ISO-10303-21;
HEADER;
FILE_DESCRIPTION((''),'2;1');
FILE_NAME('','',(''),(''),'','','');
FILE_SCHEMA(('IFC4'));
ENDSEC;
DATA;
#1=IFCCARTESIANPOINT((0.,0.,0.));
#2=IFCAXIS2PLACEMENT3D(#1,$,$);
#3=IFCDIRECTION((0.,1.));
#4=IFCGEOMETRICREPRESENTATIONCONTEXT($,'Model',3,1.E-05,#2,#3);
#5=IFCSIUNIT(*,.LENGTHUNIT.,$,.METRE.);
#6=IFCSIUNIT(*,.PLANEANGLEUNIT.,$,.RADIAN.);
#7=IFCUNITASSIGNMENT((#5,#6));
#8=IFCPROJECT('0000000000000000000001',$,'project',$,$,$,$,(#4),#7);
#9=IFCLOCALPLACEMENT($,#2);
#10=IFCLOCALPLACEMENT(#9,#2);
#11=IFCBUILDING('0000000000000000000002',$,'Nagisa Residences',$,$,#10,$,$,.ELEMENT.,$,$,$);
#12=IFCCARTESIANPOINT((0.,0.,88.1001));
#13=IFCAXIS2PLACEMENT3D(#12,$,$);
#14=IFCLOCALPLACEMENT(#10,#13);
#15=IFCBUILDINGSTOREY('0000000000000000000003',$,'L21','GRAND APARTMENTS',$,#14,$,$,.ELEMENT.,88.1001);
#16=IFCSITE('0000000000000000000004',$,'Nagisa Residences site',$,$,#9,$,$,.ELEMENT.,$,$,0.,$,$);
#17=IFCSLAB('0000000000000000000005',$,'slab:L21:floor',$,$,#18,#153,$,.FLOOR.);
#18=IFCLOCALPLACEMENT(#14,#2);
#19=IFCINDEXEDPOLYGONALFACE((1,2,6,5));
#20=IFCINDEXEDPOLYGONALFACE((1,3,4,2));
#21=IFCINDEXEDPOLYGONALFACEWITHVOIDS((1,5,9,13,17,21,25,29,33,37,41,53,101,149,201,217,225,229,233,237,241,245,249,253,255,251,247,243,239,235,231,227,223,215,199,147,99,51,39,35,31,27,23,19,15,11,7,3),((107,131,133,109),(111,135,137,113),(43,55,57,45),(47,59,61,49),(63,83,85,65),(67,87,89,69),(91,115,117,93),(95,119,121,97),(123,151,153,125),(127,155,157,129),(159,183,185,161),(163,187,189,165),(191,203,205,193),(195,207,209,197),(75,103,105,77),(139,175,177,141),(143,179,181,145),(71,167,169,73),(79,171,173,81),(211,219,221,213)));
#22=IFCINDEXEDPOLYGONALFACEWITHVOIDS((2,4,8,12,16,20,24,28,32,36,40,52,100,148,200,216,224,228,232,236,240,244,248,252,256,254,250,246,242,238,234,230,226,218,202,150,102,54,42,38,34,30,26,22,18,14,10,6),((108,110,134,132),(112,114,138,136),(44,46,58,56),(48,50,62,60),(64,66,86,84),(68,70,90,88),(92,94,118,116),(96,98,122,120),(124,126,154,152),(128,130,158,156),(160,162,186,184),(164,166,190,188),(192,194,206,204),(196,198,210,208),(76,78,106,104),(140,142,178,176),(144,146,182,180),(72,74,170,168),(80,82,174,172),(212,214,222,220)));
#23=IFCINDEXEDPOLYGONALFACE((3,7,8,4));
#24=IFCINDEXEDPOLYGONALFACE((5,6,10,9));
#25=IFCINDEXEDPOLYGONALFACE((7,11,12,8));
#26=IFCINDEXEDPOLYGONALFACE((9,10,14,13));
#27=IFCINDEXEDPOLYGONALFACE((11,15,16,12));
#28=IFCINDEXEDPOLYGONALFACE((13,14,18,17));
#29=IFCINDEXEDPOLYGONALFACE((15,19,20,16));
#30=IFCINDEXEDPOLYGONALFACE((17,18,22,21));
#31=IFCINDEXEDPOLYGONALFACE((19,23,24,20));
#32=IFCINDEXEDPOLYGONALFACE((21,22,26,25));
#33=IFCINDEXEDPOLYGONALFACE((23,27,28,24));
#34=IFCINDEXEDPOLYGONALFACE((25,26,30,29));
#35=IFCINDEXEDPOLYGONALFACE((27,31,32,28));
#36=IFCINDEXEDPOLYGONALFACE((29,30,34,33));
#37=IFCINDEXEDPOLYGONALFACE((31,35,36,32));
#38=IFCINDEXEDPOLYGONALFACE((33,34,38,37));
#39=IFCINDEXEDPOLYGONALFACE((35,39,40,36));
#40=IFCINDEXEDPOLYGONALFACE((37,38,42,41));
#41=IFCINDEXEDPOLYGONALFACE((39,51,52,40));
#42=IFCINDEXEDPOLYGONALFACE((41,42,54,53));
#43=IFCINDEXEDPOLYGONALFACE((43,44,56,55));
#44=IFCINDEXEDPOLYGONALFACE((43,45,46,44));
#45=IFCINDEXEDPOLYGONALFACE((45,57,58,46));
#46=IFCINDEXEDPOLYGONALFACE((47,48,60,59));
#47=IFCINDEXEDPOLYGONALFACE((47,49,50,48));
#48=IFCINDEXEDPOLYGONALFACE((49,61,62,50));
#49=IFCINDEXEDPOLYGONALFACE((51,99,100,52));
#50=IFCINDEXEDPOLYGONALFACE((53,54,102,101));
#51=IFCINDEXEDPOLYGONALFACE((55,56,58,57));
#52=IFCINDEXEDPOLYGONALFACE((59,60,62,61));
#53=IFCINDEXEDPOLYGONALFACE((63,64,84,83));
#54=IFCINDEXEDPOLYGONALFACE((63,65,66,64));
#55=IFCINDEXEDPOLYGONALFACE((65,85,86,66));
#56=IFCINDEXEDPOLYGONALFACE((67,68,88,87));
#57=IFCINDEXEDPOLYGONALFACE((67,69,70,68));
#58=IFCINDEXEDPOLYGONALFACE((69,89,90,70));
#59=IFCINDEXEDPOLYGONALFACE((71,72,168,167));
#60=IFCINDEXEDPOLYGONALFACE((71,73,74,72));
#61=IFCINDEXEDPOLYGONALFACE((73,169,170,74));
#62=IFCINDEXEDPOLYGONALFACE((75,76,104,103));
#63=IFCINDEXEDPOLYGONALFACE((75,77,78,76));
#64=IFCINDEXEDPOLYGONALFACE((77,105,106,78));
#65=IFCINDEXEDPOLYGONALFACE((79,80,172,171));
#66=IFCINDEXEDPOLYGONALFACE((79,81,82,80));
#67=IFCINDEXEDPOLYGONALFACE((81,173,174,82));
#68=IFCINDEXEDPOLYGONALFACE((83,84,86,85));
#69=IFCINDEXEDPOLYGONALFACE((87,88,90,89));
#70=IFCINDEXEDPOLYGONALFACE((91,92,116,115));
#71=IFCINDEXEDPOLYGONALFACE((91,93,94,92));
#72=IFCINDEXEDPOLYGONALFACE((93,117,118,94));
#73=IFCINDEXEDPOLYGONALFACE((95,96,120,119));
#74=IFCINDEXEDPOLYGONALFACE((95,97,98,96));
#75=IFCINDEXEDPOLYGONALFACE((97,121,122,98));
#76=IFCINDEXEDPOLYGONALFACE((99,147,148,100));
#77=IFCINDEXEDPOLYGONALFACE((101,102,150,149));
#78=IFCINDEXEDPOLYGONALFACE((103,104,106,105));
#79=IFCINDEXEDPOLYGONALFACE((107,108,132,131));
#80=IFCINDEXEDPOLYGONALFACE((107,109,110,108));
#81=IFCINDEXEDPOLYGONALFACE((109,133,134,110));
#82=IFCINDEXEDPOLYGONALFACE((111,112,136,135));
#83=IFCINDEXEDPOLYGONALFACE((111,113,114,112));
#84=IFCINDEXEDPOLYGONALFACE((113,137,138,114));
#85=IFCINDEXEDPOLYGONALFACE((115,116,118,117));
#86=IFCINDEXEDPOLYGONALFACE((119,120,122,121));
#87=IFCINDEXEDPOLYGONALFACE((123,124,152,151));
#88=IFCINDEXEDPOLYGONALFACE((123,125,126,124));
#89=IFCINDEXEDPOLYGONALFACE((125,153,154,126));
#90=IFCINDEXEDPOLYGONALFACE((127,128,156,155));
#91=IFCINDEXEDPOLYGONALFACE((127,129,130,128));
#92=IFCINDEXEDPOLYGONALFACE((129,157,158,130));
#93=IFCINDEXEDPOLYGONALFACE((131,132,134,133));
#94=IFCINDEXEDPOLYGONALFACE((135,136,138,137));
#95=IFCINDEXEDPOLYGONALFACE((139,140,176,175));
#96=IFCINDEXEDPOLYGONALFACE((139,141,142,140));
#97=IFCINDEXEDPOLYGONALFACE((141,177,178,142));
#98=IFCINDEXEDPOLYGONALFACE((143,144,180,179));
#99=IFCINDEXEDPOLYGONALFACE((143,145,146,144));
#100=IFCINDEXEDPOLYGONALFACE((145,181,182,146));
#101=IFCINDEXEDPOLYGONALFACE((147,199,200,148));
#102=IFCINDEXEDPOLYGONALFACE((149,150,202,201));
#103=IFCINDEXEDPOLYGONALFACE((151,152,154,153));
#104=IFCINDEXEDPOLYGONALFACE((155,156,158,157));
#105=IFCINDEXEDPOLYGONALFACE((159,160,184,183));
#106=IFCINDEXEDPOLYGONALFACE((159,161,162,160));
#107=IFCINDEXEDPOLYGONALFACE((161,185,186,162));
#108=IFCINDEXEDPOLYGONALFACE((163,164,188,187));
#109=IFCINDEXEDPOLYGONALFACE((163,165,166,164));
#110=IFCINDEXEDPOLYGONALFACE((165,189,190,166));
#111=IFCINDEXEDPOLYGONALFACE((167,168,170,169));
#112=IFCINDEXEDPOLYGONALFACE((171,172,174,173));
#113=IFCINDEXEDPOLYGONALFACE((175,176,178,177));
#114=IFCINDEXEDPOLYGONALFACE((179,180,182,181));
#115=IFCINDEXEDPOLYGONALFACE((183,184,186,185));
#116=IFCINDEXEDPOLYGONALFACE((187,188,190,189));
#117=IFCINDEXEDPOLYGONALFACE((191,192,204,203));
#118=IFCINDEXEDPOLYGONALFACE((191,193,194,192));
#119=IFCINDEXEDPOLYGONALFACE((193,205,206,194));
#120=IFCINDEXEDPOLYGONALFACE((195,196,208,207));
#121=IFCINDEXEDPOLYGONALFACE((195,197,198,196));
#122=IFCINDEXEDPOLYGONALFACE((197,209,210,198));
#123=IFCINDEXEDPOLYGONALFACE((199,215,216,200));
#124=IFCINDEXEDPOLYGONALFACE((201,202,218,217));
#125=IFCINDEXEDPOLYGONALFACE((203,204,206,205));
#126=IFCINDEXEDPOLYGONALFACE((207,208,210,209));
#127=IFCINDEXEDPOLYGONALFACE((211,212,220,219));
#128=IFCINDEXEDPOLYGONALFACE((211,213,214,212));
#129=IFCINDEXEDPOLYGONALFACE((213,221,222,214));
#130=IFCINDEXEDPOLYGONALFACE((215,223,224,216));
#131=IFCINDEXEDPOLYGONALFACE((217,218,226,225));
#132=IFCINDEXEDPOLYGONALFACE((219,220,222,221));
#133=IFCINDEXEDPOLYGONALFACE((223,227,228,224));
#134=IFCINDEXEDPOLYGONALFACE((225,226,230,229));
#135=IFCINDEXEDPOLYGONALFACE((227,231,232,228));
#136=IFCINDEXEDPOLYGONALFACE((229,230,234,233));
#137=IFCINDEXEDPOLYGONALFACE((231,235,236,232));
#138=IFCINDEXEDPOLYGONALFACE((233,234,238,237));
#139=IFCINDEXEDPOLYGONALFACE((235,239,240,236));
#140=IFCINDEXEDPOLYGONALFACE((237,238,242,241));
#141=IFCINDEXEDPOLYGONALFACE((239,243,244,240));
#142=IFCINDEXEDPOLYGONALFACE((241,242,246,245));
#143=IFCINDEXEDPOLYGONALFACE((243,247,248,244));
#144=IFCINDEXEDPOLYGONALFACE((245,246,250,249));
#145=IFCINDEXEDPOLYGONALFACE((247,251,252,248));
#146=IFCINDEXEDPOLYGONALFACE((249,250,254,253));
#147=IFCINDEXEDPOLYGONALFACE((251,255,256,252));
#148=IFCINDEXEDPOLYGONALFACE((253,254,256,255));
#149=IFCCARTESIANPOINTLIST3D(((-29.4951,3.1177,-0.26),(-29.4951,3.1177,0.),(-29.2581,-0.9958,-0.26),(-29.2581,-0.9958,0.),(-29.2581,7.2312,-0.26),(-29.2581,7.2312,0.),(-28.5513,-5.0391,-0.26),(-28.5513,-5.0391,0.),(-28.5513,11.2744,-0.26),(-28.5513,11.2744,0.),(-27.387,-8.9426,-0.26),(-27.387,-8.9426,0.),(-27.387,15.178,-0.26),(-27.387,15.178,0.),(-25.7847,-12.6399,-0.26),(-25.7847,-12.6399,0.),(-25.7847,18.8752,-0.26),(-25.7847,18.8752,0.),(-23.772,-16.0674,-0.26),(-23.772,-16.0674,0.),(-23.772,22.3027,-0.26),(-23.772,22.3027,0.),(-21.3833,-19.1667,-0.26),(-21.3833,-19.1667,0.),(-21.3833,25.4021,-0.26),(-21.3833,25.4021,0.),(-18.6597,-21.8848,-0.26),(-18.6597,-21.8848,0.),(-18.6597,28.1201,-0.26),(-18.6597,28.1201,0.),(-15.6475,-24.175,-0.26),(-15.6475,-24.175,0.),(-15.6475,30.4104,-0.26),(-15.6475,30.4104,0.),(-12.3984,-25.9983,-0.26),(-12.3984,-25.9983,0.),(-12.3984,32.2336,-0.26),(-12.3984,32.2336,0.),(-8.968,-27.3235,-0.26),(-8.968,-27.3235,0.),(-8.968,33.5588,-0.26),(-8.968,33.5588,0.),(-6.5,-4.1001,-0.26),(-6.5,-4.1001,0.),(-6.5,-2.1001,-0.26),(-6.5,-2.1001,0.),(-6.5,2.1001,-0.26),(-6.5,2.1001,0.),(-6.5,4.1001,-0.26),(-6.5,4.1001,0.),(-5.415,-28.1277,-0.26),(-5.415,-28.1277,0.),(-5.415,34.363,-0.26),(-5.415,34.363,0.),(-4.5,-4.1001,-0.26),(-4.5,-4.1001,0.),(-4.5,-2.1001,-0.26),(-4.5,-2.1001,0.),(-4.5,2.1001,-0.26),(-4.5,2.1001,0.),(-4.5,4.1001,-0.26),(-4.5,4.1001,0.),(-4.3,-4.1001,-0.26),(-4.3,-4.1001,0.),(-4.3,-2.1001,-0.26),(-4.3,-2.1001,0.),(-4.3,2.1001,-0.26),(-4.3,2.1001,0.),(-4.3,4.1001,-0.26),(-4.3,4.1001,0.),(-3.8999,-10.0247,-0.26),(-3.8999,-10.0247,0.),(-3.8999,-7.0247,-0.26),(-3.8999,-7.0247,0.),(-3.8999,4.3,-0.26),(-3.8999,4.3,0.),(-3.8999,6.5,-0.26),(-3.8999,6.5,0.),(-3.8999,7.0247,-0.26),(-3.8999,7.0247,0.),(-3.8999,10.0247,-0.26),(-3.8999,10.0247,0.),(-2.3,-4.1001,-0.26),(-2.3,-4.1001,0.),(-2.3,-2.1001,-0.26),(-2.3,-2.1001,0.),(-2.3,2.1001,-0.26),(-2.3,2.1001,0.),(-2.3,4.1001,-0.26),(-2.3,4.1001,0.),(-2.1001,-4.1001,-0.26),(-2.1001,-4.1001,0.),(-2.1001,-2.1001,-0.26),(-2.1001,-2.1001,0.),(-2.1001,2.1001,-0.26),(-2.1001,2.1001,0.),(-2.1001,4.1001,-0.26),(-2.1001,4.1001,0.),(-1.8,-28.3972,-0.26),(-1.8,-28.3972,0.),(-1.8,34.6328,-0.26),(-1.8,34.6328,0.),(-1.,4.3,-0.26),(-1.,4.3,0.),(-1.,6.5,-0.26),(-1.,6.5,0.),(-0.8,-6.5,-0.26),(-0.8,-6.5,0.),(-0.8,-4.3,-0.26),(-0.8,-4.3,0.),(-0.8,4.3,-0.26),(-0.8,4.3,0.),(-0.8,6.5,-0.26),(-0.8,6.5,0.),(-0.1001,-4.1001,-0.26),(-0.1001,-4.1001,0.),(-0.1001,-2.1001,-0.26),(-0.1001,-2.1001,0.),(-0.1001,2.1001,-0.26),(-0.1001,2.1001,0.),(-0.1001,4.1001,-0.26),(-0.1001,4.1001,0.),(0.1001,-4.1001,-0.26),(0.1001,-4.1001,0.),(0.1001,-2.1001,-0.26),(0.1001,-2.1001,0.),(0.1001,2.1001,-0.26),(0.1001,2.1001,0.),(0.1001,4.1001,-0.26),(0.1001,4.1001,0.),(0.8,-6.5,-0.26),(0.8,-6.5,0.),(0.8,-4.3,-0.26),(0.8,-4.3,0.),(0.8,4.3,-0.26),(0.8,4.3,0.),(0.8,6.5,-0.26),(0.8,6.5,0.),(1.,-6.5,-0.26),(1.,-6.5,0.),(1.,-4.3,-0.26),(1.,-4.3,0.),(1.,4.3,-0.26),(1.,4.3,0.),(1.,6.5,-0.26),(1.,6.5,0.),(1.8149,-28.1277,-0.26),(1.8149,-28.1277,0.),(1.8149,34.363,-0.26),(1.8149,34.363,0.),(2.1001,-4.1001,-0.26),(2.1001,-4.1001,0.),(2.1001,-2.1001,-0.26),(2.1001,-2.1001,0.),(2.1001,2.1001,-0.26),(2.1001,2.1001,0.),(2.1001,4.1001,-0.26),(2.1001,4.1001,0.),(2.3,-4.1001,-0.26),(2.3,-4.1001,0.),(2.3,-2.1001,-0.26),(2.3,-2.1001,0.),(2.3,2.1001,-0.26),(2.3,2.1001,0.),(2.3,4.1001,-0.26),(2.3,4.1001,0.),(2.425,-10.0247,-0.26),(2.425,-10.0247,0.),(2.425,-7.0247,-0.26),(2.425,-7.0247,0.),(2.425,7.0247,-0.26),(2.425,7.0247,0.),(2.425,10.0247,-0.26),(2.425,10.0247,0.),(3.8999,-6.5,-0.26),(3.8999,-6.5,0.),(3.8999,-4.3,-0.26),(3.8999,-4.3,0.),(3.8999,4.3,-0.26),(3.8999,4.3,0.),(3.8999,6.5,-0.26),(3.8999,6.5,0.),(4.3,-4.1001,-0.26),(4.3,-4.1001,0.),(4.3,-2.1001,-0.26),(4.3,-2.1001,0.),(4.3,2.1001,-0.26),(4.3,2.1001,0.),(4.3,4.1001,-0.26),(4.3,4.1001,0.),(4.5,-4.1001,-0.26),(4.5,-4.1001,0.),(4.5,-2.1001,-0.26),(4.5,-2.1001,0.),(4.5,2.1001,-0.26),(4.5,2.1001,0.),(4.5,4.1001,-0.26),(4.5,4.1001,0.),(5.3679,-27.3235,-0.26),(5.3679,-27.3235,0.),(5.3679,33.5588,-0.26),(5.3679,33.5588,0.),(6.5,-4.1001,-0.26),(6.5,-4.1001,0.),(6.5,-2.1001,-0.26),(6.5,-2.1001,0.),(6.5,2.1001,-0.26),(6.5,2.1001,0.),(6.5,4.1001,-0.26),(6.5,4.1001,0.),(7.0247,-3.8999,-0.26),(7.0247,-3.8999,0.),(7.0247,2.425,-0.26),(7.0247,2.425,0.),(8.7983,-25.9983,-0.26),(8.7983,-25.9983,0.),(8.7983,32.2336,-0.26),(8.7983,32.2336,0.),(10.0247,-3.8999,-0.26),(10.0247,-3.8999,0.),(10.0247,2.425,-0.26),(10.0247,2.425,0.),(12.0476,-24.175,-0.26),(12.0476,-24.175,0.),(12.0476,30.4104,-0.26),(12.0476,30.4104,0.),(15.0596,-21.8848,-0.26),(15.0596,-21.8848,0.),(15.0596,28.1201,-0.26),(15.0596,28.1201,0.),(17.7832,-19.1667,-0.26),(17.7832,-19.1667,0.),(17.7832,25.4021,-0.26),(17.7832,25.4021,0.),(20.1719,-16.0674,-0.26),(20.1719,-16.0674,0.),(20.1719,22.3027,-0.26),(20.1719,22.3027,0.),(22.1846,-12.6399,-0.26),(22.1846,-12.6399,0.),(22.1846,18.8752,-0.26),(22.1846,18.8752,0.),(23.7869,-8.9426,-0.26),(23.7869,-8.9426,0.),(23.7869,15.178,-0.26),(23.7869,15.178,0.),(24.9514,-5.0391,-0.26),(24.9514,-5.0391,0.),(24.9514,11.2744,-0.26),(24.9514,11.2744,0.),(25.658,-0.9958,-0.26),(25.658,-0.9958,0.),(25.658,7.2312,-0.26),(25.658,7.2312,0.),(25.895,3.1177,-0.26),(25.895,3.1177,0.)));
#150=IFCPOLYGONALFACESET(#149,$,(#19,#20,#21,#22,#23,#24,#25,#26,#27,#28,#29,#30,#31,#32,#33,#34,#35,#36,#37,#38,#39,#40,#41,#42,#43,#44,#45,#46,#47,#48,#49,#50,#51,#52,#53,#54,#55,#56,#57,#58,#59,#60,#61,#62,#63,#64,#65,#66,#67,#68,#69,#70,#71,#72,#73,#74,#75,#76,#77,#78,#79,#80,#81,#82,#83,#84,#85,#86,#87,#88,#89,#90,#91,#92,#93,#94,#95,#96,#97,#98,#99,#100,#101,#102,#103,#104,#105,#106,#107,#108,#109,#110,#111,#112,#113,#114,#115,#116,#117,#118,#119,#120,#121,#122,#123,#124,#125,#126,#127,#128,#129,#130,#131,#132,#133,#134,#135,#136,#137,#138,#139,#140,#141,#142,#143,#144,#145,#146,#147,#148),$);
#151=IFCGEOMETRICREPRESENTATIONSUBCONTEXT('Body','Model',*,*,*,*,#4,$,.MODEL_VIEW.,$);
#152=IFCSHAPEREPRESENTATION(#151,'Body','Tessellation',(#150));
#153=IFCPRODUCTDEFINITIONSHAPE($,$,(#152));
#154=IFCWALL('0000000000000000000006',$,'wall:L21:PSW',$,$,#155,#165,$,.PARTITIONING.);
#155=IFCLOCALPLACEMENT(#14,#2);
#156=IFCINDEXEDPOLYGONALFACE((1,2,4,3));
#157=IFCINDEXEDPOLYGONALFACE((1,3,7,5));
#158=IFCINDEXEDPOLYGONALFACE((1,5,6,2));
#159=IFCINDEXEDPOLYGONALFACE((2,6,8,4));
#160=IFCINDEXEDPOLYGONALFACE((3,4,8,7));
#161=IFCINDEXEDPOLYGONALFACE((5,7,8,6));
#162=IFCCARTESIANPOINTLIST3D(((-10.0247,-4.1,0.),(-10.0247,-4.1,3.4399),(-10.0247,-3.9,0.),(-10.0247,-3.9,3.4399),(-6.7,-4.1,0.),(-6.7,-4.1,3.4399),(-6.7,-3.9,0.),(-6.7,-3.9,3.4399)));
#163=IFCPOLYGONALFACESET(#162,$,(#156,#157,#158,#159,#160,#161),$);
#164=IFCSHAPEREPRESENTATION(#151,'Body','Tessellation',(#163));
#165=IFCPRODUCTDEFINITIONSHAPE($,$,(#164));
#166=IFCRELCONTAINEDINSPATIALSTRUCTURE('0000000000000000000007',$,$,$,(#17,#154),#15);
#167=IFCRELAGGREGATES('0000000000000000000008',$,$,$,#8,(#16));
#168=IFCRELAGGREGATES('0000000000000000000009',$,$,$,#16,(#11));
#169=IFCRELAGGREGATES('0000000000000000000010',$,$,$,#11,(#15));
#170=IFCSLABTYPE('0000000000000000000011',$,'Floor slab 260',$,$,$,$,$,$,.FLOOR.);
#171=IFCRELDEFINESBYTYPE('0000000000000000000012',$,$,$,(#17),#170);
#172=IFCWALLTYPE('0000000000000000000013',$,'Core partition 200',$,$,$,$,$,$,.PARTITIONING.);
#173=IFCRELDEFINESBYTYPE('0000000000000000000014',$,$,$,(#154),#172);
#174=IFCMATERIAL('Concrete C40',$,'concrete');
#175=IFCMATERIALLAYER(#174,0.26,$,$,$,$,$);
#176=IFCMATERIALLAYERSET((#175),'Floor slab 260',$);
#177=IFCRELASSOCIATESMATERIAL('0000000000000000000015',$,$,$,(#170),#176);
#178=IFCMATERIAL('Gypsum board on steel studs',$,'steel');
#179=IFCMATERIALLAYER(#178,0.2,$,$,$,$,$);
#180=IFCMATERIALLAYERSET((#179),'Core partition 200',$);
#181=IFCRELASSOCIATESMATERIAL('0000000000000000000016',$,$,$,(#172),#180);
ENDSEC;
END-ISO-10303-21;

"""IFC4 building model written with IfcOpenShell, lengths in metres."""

from ifc_helpers import new_model, si_unit, direction, frame, frame_2d, origin, place, context, subcontext, project, spatial, polyline, rectangle, outline, extrude, material, layer, layer_set, type_object, element, save


model = new_model("IFC4")

# Units and contexts
model_context = context("Model", 3, precision=1e-05, world=origin(), true_north=direction((0.0, 1.0)))
body_context = subcontext(model_context, "Body", "Model", "MODEL_VIEW")
ifc_project = project(units=[si_unit("LENGTHUNIT", "METRE"), si_unit("PLANEANGLEUNIT", "RADIAN")], contexts=[model_context])

# Site, building, storey
site_placement = place(None, origin())
site = spatial("IfcSite", under=ifc_project, at=site_placement, Name="Nagisa Residences site", CompositionType="ELEMENT", RefElevation=0.0)
building_placement = place(site_placement, origin())
building = spatial("IfcBuilding", under=site, at=building_placement, Name="Nagisa Residences", CompositionType="ELEMENT")
storey_placement = place(building_placement, frame((0.0, 0.0, 88.1001)))
storey = spatial("IfcBuildingStorey", under=building, at=storey_placement, Name="L21", Description="GRAND APARTMENTS", CompositionType="ELEMENT", Elevation=88.1001)

# Slab
ifc_material_1 = material(Name="Concrete C40", Category="concrete")
ifc_layer_1 = layer(ifc_material_1, 0.26)
ifc_layer_set_1 = layer_set([ifc_layer_1], Name="Floor slab 260")
slab_type_1 = type_object("IfcSlabType", Name="Floor slab 260", PredefinedType="FLOOR", material=ifc_layer_set_1)
slab_1_placement = place(storey_placement, frame((0.0, 0.0, -0.26)))
element("IfcSlab", 1, at=slab_1_placement, inside=storey, type_object=slab_type_1, Name="slab:L21:floor", PredefinedType="FLOOR", context=body_context, shape_type="SweptSolid", body=[
    extrude(outline(polyline([(25.895, 3.1177), (25.658, 7.2312), (24.9514, 11.2744), (23.7869, 15.178), (22.1846, 18.8752), (20.1719, 22.3027), (17.7832, 25.4021), (15.0596, 28.1201), (12.0476, 30.4104), (8.7983, 32.2336), (5.3679, 33.5588), (1.8149, 34.363), (-1.8, 34.6328), (-5.415, 34.363), (-8.968, 33.5588), (-12.3984, 32.2336), (-15.6475, 30.4104), (-18.6597, 28.1201), (-21.3833, 25.4021), (-23.772, 22.3027), (-25.7847, 18.8752), (-27.387, 15.178), (-28.5513, 11.2744), (-29.2581, 7.2312), (-29.4951, 3.1177), (-29.2581, -0.9958), (-28.5513, -5.0391), (-27.387, -8.9426), (-25.7847, -12.6399), (-23.772, -16.0674), (-21.3833, -19.1667), (-18.6597, -21.8848), (-15.6475, -24.175), (-12.3984, -25.9983), (-8.968, -27.3235), (-5.415, -28.1277), (-1.8, -28.3972), (1.8149, -28.1277), (5.3679, -27.3235), (8.7983, -25.9983), (12.0476, -24.175), (15.0596, -21.8848), (17.7832, -19.1667), (20.1719, -16.0674), (22.1846, -12.6399), (23.7869, -8.9426), (24.9514, -5.0391), (25.658, -0.9958), (25.895, 3.1177)]), holes=[polyline([(-4.5, 2.1001), (-4.5, 4.1001), (-6.5, 4.1001), (-6.5, 2.1001), (-4.5, 2.1001)]), polyline([(-2.3, 2.1001), (-2.3, 4.1001), (-4.3, 4.1001), (-4.3, 2.1001), (-2.3, 2.1001)]), polyline([(-0.1001, 2.1001), (-0.1001, 4.1001), (-2.1001, 4.1001), (-2.1001, 2.1001), (-0.1001, 2.1001)]), polyline([(2.1001, 2.1001), (2.1001, 4.1001), (0.1001, 4.1001), (0.1001, 2.1001), (2.1001, 2.1001)]), polyline([(4.3, 2.1001), (4.3, 4.1001), (2.3, 4.1001), (2.3, 2.1001), (4.3, 2.1001)]), polyline([(6.5, 2.1001), (6.5, 4.1001), (4.5, 4.1001), (4.5, 2.1001), (6.5, 2.1001)]), polyline([(-4.5, -4.1001), (-4.5, -2.1001), (-6.5, -2.1001), (-6.5, -4.1001), (-4.5, -4.1001)]), polyline([(-2.3, -4.1001), (-2.3, -2.1001), (-4.3, -2.1001), (-4.3, -4.1001), (-2.3, -4.1001)]), polyline([(-0.1001, -4.1001), (-0.1001, -2.1001), (-2.1001, -2.1001), (-2.1001, -4.1001), (-0.1001, -4.1001)]), polyline([(2.1001, -4.1001), (2.1001, -2.1001), (0.1001, -2.1001), (0.1001, -4.1001), (2.1001, -4.1001)]), polyline([(4.3, -4.1001), (4.3, -2.1001), (2.3, -2.1001), (2.3, -4.1001), (4.3, -4.1001)]), polyline([(6.5, -4.1001), (6.5, -2.1001), (4.5, -2.1001), (4.5, -4.1001), (6.5, -4.1001)]), polyline([(3.8999, 4.3), (3.8999, 6.5), (1.0, 6.5), (1.0, 4.3), (3.8999, 4.3)]), polyline([(3.8999, -6.5), (3.8999, -4.3), (1.0, -4.3), (1.0, -6.5), (3.8999, -6.5)]), polyline([(-1.0, 4.3), (-1.0, 6.5), (-3.8999, 6.5), (-3.8999, 4.3), (-1.0, 4.3)]), polyline([(0.8, 4.3), (0.8, 6.5), (-0.8, 6.5), (-0.8, 4.3), (0.8, 4.3)]), polyline([(0.8, -6.5), (0.8, -4.3), (-0.8, -4.3), (-0.8, -6.5), (0.8, -6.5)]), polyline([(10.0247, -3.8999), (7.0247, -3.8999), (7.0247, 2.425), (10.0247, 2.425), (10.0247, -3.8999)]), polyline([(-3.8999, 7.0247), (-3.8999, 10.0247), (2.425, 10.0247), (2.425, 7.0247), (-3.8999, 7.0247)]), polyline([(-3.8999, -10.0247), (-3.8999, -7.0247), (2.425, -7.0247), (2.425, -10.0247), (-3.8999, -10.0247)])]), origin(), (0.0, 0.0, 1.0), 0.26),
])

# Wall
ifc_material_2 = material(Name="Gypsum board on steel studs", Category="steel")
ifc_layer_2 = layer(ifc_material_2, 0.2)
ifc_layer_set_2 = layer_set([ifc_layer_2], Name="Core partition 200")
wall_type_1 = type_object("IfcWallType", Name="Core partition 200", PredefinedType="PARTITIONING", material=ifc_layer_set_2)
wall_1_placement = place(storey_placement, frame((-10.0247, -4.0, 0.0), z_axis=(0.0, 0.0, 1.0), x_axis=(1.0, 0.0, 0.0)))
element("IfcWall", 2, at=wall_1_placement, inside=storey, type_object=wall_type_1, Name="wall:L21:PSW", PredefinedType="PARTITIONING", context=body_context, shape_type="SweptSolid", body=[
    extrude(rectangle(XDim=3.3247, YDim=0.2, at=frame_2d((1.6624, 0.0))), origin(), (0.0, 0.0, 1.0), 3.4399),
])

save(model, "model.ifc")
